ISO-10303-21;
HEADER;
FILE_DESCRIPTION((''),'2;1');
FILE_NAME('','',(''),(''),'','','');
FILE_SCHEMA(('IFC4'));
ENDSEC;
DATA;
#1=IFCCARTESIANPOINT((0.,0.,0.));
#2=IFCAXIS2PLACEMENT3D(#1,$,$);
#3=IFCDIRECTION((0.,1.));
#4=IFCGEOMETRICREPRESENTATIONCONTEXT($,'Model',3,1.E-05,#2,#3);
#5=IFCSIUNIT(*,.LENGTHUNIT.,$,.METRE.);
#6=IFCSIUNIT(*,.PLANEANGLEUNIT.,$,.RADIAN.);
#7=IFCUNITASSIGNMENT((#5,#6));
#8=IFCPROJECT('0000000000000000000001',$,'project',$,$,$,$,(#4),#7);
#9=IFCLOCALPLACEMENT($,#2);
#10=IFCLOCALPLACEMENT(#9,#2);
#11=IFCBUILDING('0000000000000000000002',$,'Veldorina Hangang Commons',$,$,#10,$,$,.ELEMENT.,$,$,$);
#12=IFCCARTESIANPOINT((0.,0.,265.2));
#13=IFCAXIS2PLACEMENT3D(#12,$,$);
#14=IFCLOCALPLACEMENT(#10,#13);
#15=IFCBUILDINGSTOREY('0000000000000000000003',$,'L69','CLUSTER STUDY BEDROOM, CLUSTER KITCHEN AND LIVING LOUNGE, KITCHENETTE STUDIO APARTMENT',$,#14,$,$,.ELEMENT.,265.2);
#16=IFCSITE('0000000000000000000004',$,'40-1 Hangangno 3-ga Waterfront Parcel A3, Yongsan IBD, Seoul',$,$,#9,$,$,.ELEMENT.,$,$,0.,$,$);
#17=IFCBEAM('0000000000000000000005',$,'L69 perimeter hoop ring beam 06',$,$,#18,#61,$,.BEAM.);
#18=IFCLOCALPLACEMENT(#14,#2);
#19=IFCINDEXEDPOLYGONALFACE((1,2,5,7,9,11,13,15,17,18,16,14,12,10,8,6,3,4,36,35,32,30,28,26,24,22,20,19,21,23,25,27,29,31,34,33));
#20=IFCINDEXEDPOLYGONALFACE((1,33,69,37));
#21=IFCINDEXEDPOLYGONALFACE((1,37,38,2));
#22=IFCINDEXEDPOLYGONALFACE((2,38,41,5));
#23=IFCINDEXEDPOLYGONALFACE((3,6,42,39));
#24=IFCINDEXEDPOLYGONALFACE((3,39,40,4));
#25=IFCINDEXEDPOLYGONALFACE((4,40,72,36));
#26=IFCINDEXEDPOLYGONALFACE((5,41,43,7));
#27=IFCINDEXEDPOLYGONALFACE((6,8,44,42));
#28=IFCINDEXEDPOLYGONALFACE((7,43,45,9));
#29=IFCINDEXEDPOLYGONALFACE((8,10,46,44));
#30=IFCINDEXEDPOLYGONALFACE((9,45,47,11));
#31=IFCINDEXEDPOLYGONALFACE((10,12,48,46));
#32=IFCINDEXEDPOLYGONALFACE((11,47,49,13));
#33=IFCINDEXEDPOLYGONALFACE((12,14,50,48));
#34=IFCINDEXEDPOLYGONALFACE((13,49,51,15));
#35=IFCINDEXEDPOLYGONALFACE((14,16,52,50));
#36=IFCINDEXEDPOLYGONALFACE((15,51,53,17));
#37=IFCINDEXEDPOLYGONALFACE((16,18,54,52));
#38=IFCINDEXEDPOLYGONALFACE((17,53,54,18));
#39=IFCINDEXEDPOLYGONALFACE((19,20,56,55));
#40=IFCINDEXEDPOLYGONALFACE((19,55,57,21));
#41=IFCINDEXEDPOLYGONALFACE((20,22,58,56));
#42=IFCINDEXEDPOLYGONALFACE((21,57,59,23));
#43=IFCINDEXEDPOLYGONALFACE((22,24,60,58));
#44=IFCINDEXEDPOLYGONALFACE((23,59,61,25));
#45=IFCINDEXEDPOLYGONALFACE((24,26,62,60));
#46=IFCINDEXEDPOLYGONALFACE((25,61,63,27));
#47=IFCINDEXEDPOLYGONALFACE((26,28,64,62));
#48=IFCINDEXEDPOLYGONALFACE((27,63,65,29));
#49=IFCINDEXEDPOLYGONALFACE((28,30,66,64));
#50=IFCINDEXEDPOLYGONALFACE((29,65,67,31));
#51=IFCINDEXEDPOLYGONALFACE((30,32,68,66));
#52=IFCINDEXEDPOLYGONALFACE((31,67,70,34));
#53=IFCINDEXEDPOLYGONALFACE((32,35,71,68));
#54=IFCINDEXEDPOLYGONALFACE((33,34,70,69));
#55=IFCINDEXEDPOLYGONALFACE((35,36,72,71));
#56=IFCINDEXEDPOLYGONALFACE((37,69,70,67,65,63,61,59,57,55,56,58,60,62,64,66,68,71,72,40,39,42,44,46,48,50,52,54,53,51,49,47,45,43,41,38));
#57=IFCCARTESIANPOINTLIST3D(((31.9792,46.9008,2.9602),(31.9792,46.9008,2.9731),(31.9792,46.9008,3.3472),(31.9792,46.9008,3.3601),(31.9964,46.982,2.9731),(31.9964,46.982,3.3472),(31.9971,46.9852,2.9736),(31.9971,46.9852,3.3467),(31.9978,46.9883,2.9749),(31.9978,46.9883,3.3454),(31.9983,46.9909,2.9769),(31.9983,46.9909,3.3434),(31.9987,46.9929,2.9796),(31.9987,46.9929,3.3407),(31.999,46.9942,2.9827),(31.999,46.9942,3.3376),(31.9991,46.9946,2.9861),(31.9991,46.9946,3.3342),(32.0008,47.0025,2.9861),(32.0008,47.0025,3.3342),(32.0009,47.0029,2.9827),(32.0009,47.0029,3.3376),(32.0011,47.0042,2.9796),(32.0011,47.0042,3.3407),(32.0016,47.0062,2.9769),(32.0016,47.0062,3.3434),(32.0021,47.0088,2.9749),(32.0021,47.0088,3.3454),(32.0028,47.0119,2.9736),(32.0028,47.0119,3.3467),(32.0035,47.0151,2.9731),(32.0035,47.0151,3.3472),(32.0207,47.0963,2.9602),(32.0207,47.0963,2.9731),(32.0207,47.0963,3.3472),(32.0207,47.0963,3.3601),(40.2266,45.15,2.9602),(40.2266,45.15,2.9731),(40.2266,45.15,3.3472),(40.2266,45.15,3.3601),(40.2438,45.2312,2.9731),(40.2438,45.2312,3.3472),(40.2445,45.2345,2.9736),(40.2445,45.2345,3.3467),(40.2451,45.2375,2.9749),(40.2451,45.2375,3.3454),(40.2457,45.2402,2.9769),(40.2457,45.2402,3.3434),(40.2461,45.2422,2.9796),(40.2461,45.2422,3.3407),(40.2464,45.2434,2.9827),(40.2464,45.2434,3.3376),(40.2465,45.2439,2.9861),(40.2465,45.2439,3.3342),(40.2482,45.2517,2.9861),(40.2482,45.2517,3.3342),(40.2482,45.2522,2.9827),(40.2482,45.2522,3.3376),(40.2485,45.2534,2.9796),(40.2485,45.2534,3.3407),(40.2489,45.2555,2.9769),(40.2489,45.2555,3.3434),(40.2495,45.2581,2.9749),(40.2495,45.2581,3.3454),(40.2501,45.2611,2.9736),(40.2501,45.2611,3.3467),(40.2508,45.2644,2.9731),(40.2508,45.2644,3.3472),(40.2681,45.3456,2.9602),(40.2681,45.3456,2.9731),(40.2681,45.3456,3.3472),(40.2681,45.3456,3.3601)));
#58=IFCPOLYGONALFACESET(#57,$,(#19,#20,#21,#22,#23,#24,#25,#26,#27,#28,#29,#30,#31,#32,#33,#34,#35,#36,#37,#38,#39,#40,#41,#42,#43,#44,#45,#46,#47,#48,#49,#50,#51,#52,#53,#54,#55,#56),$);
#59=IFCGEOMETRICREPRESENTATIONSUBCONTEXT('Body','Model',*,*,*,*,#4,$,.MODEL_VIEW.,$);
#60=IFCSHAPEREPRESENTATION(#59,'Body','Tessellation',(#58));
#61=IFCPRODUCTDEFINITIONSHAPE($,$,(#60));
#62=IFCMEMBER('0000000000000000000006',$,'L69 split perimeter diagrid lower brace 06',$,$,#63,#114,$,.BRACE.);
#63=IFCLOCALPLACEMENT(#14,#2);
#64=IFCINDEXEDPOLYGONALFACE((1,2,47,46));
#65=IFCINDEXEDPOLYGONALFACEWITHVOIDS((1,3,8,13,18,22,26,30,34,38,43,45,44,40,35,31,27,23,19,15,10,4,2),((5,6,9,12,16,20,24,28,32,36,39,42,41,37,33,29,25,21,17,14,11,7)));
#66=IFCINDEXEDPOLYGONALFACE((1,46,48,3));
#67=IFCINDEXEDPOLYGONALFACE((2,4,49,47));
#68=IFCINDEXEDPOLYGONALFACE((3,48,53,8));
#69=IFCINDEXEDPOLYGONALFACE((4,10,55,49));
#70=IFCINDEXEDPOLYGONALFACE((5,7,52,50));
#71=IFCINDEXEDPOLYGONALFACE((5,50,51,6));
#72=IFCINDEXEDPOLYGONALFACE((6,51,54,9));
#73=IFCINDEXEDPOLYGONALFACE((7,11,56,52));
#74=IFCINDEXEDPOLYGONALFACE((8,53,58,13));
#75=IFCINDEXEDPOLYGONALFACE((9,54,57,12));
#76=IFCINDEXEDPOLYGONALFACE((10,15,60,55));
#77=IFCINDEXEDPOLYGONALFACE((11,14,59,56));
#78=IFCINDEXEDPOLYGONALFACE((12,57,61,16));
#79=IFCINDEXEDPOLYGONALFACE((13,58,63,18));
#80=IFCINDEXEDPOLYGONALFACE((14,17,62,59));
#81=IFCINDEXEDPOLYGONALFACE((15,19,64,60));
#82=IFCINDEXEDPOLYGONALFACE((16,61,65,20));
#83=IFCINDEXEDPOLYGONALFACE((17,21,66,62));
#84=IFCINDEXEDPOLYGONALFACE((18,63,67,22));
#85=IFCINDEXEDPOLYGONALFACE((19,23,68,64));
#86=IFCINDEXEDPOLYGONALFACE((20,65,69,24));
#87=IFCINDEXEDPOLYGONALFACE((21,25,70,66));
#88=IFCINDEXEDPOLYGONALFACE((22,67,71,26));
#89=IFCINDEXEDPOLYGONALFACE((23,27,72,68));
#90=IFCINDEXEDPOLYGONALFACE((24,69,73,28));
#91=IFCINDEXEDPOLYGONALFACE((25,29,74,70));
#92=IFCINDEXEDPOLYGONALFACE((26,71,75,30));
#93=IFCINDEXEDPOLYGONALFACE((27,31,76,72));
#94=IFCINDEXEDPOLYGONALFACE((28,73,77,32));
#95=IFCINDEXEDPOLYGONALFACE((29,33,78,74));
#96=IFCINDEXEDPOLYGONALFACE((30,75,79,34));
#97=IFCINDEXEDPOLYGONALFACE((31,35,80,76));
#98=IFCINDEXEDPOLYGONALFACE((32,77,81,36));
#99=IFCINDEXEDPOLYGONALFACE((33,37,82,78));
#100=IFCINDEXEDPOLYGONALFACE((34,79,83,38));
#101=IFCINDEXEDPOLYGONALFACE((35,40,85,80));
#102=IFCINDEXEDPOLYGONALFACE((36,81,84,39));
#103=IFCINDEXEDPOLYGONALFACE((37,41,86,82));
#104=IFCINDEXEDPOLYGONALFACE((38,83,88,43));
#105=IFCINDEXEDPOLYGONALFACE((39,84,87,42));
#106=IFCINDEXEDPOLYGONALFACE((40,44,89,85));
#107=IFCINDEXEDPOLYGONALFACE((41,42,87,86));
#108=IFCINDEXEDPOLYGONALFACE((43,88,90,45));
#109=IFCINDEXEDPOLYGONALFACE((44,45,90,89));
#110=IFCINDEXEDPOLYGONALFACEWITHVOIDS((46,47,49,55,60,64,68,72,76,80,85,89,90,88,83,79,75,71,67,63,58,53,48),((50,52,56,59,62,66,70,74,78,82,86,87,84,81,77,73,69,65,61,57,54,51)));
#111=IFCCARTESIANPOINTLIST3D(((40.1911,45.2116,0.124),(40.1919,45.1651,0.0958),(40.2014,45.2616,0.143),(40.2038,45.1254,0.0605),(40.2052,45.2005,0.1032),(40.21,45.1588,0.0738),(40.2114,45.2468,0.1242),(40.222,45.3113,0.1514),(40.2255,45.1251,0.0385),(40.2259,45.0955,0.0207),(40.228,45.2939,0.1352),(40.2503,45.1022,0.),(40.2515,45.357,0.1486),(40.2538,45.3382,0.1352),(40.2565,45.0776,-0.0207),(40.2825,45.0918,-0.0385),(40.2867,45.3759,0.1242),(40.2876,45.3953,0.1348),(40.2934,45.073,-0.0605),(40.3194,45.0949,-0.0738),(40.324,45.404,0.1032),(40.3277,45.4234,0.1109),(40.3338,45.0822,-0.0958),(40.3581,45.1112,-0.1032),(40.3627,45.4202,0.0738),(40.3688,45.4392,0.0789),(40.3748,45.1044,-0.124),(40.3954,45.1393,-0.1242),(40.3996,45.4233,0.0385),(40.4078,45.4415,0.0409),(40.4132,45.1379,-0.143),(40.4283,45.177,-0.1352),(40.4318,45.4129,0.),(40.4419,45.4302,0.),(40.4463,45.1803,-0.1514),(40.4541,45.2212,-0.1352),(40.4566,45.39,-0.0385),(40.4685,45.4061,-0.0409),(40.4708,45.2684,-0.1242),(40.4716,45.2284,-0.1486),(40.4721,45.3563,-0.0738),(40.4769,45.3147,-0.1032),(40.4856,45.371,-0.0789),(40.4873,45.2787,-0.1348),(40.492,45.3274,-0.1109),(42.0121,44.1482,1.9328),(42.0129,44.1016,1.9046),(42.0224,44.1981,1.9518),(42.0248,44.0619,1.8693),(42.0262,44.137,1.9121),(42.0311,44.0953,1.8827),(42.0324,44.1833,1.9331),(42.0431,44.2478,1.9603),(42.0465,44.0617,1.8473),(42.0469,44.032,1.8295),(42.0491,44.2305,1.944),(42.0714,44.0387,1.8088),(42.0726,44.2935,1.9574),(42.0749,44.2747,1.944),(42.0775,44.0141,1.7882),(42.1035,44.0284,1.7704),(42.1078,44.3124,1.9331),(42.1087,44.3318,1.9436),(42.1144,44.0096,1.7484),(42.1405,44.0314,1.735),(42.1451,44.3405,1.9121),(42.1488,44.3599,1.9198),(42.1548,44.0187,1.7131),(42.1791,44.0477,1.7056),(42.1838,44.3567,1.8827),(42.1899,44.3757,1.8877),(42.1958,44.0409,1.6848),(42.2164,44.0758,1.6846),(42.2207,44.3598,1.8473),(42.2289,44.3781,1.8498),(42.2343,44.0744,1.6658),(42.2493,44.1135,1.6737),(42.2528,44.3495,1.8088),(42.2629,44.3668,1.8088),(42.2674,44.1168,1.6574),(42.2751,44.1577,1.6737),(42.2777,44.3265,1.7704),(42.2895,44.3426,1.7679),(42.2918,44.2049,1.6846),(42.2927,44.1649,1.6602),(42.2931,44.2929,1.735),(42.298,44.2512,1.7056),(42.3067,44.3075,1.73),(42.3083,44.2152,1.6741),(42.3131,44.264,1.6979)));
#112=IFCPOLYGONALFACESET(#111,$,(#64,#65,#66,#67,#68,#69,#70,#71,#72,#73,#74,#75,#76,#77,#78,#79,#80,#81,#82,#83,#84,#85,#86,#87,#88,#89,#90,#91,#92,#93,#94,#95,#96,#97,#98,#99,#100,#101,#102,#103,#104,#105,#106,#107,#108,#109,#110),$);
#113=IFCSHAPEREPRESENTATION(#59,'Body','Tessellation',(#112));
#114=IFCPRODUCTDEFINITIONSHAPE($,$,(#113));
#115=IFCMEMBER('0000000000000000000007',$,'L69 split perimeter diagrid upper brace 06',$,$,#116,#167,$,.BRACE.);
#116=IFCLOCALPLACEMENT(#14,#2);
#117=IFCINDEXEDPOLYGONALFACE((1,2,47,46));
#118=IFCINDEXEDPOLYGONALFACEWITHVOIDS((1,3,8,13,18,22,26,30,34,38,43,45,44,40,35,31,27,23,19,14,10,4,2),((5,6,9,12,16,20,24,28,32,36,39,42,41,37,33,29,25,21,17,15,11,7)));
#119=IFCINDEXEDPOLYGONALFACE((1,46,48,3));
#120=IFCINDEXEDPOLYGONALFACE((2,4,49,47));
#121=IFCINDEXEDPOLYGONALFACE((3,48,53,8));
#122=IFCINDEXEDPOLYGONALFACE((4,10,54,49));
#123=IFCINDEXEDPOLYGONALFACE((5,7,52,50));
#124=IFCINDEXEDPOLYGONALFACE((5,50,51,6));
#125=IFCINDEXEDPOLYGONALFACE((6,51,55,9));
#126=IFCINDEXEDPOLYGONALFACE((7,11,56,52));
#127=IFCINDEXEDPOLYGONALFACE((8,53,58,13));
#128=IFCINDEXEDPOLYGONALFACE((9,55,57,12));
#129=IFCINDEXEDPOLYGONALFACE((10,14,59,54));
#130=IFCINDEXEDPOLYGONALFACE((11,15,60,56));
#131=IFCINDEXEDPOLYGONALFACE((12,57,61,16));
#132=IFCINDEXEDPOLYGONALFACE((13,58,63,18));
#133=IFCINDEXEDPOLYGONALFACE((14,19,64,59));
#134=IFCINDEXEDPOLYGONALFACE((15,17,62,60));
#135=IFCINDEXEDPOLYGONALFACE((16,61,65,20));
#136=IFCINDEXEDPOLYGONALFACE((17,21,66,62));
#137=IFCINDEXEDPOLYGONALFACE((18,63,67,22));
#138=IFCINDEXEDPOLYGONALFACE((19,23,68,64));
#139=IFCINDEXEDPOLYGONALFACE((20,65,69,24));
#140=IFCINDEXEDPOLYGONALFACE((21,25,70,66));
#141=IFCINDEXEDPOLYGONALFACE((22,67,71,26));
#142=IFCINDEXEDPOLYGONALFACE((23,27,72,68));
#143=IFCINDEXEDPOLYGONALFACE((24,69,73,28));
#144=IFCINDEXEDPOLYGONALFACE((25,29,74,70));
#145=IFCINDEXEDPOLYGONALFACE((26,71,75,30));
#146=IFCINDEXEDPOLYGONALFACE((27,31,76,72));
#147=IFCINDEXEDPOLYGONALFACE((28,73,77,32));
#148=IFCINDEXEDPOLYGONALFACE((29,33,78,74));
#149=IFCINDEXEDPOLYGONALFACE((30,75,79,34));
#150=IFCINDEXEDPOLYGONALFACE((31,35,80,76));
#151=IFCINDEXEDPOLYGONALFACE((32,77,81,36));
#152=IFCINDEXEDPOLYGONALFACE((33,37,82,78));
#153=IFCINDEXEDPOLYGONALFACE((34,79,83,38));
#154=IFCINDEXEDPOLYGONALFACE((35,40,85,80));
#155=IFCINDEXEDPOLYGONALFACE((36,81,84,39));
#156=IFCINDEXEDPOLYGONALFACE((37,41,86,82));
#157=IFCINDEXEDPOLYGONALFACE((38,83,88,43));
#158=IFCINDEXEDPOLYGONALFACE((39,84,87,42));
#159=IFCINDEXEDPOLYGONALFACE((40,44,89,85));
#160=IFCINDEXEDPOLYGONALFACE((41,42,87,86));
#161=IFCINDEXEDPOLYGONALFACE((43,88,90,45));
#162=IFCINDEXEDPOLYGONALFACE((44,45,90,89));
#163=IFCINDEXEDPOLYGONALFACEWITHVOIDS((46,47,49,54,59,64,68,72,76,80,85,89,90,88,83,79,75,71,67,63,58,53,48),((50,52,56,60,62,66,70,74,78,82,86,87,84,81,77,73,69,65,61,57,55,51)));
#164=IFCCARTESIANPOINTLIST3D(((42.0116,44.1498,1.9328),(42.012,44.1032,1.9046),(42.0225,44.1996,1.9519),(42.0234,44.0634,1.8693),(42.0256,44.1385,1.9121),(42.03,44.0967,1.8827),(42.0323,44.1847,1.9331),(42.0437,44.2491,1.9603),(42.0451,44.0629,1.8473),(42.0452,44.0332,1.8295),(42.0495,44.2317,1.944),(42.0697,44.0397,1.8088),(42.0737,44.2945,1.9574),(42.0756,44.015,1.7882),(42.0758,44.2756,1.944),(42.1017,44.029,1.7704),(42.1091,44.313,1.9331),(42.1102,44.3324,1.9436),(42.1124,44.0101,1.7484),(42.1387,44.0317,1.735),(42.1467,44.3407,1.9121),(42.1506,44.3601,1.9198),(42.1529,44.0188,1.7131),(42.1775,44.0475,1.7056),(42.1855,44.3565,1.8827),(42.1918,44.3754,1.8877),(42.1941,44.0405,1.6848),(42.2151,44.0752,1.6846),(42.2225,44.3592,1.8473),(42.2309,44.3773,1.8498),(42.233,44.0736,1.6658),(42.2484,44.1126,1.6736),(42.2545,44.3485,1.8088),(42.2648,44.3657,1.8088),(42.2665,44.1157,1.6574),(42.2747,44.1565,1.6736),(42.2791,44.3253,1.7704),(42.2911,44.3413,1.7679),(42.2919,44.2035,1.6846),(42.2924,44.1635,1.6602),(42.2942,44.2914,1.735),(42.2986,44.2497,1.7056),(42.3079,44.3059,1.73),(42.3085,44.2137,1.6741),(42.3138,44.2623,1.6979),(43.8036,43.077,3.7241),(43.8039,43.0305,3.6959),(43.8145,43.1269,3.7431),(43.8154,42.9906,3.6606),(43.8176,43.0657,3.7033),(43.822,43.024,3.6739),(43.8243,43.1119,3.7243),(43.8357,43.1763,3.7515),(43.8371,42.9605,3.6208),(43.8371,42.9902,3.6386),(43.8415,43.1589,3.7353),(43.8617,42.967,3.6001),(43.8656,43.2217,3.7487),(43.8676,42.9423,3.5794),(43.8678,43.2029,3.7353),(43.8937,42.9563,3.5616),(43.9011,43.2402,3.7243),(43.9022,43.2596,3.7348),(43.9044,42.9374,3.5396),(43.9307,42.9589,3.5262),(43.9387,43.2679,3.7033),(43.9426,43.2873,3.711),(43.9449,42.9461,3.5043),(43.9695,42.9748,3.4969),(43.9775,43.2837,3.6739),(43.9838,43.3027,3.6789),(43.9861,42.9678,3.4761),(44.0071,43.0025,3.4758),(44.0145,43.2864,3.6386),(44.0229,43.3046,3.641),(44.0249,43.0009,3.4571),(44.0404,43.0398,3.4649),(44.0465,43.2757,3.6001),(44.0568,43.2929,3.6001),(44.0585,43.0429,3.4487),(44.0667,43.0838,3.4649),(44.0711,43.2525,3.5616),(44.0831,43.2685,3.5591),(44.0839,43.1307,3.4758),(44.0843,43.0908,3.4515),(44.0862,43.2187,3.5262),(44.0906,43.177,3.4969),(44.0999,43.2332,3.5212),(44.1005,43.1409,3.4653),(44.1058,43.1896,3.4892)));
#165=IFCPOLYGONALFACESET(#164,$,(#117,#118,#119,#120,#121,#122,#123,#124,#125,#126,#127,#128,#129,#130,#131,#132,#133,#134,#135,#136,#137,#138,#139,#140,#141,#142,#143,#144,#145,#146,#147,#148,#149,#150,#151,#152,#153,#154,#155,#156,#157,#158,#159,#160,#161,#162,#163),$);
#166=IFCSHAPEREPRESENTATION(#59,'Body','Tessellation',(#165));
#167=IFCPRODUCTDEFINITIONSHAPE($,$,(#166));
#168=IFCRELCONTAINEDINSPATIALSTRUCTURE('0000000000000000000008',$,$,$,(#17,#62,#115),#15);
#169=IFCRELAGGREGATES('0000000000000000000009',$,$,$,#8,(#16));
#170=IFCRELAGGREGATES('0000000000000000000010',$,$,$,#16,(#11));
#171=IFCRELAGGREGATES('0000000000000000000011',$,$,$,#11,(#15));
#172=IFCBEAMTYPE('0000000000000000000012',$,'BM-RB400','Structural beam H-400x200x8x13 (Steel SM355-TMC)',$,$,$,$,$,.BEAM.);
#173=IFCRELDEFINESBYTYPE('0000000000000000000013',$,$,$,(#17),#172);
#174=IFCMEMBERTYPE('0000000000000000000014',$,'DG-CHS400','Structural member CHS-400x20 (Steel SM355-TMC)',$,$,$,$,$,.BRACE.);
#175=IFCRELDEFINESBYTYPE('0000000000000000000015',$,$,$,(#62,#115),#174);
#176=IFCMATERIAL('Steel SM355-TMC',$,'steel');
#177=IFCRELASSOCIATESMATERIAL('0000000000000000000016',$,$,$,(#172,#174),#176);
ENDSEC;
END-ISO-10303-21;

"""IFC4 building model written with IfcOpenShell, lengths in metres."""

from ifc_helpers import new_model, si_unit, direction, frame, origin, origin_2d, place, context, subcontext, project, spatial, hollow_circle, i_section, extrude, material, material_profile, profile_set, type_object, element, save


model = new_model("IFC4")

# Units and contexts
model_context = context("Model", 3, precision=1e-05, world=origin(), true_north=direction((0.0, 1.0)))
body_context = subcontext(model_context, "Body", "Model", "MODEL_VIEW")
ifc_project = project(units=[si_unit("LENGTHUNIT", "METRE"), si_unit("PLANEANGLEUNIT", "RADIAN")], contexts=[model_context])

# Site, building, storey
site_placement = place(None, origin())
site = spatial("IfcSite", under=ifc_project, at=site_placement, Name="40-1 Hangangno 3-ga Waterfront Parcel A3, Yongsan IBD, Seoul", CompositionType="ELEMENT", RefElevation=0.0)
building_placement = place(site_placement, origin())
building = spatial("IfcBuilding", under=site, at=building_placement, Name="Veldorina Hangang Commons", CompositionType="ELEMENT")
storey_placement = place(building_placement, frame((0.0, 0.0, 265.2)))
storey = spatial("IfcBuildingStorey", under=building, at=storey_placement, Name="L69", Description="CLUSTER STUDY BEDROOM, CLUSTER KITCHEN AND LIVING LOUNGE, KITCHENETTE STUDIO APARTMENT", CompositionType="ELEMENT", Elevation=265.2)

# Beam
ifc_material_1 = material(Name="Steel SM355-TMC", Category="steel")
ifc_material_profile_1 = material_profile(ifc_material_1, i_section(OverallWidth=0.2, OverallDepth=0.3999, WebThickness=0.0081, FlangeThickness=0.0129, FilletRadius=0.0129, at=origin_2d()), Name="H-400x200x8x13")
ifc_profile_set_1 = profile_set([ifc_material_profile_1], Name="Steel SM355-TMC")
beam_type = type_object("IfcBeamType", Name="BM-RB400", Description="Structural beam H-400x200x8x13 (Steel SM355-TMC)", PredefinedType="BEAM", material=ifc_profile_set_1)
beam_placement = place(storey_placement, frame((40.2473, 45.2478, 3.1602), z_axis=(-0.978203, 0.207652, 0.0), x_axis=(-0.207652, -0.978203, 0.0)))
element("IfcBeam", 1, at=beam_placement, inside=storey, type_object=beam_type, Name="L69 perimeter hoop ring beam 06", PredefinedType="BEAM", context=body_context, shape_type="SweptSolid", body=[
    extrude(i_section(OverallWidth=0.2, OverallDepth=0.3999, WebThickness=0.0081, FlangeThickness=0.0129, FilletRadius=0.0129, at=origin_2d()), origin(), (0.0, 0.0, 1.0), 8.4312),
])

# Members
ifc_material_profile_2 = material_profile(ifc_material_1, hollow_circle(Radius=0.2, WallThickness=0.02, at=origin_2d()), Name="CHS-400x20")
ifc_profile_set_2 = profile_set([ifc_material_profile_2], Name="Steel SM355-TMC")
member_type_1 = type_object("IfcMemberType", Name="DG-CHS400", Description="Structural member CHS-400x20 (Steel SM355-TMC)", PredefinedType="BRACE", material=ifc_profile_set_2)
member_1_placement = place(storey_placement, frame((40.3411, 45.2576, 0.0), z_axis=(0.655447, -0.382776, 0.651054), x_axis=(0.504296, 0.863531, 0.0)))
element("IfcMember", 2, at=member_1_placement, inside=storey, type_object=member_type_1, Name="L69 split perimeter diagrid lower brace 06", PredefinedType="BRACE", context=body_context, shape_type="SweptSolid", body=[
    extrude(hollow_circle(Radius=0.2, WallThickness=0.02, at=origin_2d()), origin(), (0.0, 0.0, 1.0), 2.7783),
])
member_2_placement = place(storey_placement, frame((42.1621, 44.1941, 1.8088), z_axis=(0.651283, -0.389882, 0.651017), x_axis=(0.513636, 0.858008, 0.0)))
element("IfcMember", 3, at=member_2_placement, inside=storey, type_object=member_type_1, Name="L69 split perimeter diagrid upper brace 06", PredefinedType="BRACE", context=body_context, shape_type="SweptSolid", body=[
    extrude(hollow_circle(Radius=0.2, WallThickness=0.02, at=origin_2d()), origin(), (0.0, 0.0, 1.0), 2.7515),
])

save(model, "model.ifc")
